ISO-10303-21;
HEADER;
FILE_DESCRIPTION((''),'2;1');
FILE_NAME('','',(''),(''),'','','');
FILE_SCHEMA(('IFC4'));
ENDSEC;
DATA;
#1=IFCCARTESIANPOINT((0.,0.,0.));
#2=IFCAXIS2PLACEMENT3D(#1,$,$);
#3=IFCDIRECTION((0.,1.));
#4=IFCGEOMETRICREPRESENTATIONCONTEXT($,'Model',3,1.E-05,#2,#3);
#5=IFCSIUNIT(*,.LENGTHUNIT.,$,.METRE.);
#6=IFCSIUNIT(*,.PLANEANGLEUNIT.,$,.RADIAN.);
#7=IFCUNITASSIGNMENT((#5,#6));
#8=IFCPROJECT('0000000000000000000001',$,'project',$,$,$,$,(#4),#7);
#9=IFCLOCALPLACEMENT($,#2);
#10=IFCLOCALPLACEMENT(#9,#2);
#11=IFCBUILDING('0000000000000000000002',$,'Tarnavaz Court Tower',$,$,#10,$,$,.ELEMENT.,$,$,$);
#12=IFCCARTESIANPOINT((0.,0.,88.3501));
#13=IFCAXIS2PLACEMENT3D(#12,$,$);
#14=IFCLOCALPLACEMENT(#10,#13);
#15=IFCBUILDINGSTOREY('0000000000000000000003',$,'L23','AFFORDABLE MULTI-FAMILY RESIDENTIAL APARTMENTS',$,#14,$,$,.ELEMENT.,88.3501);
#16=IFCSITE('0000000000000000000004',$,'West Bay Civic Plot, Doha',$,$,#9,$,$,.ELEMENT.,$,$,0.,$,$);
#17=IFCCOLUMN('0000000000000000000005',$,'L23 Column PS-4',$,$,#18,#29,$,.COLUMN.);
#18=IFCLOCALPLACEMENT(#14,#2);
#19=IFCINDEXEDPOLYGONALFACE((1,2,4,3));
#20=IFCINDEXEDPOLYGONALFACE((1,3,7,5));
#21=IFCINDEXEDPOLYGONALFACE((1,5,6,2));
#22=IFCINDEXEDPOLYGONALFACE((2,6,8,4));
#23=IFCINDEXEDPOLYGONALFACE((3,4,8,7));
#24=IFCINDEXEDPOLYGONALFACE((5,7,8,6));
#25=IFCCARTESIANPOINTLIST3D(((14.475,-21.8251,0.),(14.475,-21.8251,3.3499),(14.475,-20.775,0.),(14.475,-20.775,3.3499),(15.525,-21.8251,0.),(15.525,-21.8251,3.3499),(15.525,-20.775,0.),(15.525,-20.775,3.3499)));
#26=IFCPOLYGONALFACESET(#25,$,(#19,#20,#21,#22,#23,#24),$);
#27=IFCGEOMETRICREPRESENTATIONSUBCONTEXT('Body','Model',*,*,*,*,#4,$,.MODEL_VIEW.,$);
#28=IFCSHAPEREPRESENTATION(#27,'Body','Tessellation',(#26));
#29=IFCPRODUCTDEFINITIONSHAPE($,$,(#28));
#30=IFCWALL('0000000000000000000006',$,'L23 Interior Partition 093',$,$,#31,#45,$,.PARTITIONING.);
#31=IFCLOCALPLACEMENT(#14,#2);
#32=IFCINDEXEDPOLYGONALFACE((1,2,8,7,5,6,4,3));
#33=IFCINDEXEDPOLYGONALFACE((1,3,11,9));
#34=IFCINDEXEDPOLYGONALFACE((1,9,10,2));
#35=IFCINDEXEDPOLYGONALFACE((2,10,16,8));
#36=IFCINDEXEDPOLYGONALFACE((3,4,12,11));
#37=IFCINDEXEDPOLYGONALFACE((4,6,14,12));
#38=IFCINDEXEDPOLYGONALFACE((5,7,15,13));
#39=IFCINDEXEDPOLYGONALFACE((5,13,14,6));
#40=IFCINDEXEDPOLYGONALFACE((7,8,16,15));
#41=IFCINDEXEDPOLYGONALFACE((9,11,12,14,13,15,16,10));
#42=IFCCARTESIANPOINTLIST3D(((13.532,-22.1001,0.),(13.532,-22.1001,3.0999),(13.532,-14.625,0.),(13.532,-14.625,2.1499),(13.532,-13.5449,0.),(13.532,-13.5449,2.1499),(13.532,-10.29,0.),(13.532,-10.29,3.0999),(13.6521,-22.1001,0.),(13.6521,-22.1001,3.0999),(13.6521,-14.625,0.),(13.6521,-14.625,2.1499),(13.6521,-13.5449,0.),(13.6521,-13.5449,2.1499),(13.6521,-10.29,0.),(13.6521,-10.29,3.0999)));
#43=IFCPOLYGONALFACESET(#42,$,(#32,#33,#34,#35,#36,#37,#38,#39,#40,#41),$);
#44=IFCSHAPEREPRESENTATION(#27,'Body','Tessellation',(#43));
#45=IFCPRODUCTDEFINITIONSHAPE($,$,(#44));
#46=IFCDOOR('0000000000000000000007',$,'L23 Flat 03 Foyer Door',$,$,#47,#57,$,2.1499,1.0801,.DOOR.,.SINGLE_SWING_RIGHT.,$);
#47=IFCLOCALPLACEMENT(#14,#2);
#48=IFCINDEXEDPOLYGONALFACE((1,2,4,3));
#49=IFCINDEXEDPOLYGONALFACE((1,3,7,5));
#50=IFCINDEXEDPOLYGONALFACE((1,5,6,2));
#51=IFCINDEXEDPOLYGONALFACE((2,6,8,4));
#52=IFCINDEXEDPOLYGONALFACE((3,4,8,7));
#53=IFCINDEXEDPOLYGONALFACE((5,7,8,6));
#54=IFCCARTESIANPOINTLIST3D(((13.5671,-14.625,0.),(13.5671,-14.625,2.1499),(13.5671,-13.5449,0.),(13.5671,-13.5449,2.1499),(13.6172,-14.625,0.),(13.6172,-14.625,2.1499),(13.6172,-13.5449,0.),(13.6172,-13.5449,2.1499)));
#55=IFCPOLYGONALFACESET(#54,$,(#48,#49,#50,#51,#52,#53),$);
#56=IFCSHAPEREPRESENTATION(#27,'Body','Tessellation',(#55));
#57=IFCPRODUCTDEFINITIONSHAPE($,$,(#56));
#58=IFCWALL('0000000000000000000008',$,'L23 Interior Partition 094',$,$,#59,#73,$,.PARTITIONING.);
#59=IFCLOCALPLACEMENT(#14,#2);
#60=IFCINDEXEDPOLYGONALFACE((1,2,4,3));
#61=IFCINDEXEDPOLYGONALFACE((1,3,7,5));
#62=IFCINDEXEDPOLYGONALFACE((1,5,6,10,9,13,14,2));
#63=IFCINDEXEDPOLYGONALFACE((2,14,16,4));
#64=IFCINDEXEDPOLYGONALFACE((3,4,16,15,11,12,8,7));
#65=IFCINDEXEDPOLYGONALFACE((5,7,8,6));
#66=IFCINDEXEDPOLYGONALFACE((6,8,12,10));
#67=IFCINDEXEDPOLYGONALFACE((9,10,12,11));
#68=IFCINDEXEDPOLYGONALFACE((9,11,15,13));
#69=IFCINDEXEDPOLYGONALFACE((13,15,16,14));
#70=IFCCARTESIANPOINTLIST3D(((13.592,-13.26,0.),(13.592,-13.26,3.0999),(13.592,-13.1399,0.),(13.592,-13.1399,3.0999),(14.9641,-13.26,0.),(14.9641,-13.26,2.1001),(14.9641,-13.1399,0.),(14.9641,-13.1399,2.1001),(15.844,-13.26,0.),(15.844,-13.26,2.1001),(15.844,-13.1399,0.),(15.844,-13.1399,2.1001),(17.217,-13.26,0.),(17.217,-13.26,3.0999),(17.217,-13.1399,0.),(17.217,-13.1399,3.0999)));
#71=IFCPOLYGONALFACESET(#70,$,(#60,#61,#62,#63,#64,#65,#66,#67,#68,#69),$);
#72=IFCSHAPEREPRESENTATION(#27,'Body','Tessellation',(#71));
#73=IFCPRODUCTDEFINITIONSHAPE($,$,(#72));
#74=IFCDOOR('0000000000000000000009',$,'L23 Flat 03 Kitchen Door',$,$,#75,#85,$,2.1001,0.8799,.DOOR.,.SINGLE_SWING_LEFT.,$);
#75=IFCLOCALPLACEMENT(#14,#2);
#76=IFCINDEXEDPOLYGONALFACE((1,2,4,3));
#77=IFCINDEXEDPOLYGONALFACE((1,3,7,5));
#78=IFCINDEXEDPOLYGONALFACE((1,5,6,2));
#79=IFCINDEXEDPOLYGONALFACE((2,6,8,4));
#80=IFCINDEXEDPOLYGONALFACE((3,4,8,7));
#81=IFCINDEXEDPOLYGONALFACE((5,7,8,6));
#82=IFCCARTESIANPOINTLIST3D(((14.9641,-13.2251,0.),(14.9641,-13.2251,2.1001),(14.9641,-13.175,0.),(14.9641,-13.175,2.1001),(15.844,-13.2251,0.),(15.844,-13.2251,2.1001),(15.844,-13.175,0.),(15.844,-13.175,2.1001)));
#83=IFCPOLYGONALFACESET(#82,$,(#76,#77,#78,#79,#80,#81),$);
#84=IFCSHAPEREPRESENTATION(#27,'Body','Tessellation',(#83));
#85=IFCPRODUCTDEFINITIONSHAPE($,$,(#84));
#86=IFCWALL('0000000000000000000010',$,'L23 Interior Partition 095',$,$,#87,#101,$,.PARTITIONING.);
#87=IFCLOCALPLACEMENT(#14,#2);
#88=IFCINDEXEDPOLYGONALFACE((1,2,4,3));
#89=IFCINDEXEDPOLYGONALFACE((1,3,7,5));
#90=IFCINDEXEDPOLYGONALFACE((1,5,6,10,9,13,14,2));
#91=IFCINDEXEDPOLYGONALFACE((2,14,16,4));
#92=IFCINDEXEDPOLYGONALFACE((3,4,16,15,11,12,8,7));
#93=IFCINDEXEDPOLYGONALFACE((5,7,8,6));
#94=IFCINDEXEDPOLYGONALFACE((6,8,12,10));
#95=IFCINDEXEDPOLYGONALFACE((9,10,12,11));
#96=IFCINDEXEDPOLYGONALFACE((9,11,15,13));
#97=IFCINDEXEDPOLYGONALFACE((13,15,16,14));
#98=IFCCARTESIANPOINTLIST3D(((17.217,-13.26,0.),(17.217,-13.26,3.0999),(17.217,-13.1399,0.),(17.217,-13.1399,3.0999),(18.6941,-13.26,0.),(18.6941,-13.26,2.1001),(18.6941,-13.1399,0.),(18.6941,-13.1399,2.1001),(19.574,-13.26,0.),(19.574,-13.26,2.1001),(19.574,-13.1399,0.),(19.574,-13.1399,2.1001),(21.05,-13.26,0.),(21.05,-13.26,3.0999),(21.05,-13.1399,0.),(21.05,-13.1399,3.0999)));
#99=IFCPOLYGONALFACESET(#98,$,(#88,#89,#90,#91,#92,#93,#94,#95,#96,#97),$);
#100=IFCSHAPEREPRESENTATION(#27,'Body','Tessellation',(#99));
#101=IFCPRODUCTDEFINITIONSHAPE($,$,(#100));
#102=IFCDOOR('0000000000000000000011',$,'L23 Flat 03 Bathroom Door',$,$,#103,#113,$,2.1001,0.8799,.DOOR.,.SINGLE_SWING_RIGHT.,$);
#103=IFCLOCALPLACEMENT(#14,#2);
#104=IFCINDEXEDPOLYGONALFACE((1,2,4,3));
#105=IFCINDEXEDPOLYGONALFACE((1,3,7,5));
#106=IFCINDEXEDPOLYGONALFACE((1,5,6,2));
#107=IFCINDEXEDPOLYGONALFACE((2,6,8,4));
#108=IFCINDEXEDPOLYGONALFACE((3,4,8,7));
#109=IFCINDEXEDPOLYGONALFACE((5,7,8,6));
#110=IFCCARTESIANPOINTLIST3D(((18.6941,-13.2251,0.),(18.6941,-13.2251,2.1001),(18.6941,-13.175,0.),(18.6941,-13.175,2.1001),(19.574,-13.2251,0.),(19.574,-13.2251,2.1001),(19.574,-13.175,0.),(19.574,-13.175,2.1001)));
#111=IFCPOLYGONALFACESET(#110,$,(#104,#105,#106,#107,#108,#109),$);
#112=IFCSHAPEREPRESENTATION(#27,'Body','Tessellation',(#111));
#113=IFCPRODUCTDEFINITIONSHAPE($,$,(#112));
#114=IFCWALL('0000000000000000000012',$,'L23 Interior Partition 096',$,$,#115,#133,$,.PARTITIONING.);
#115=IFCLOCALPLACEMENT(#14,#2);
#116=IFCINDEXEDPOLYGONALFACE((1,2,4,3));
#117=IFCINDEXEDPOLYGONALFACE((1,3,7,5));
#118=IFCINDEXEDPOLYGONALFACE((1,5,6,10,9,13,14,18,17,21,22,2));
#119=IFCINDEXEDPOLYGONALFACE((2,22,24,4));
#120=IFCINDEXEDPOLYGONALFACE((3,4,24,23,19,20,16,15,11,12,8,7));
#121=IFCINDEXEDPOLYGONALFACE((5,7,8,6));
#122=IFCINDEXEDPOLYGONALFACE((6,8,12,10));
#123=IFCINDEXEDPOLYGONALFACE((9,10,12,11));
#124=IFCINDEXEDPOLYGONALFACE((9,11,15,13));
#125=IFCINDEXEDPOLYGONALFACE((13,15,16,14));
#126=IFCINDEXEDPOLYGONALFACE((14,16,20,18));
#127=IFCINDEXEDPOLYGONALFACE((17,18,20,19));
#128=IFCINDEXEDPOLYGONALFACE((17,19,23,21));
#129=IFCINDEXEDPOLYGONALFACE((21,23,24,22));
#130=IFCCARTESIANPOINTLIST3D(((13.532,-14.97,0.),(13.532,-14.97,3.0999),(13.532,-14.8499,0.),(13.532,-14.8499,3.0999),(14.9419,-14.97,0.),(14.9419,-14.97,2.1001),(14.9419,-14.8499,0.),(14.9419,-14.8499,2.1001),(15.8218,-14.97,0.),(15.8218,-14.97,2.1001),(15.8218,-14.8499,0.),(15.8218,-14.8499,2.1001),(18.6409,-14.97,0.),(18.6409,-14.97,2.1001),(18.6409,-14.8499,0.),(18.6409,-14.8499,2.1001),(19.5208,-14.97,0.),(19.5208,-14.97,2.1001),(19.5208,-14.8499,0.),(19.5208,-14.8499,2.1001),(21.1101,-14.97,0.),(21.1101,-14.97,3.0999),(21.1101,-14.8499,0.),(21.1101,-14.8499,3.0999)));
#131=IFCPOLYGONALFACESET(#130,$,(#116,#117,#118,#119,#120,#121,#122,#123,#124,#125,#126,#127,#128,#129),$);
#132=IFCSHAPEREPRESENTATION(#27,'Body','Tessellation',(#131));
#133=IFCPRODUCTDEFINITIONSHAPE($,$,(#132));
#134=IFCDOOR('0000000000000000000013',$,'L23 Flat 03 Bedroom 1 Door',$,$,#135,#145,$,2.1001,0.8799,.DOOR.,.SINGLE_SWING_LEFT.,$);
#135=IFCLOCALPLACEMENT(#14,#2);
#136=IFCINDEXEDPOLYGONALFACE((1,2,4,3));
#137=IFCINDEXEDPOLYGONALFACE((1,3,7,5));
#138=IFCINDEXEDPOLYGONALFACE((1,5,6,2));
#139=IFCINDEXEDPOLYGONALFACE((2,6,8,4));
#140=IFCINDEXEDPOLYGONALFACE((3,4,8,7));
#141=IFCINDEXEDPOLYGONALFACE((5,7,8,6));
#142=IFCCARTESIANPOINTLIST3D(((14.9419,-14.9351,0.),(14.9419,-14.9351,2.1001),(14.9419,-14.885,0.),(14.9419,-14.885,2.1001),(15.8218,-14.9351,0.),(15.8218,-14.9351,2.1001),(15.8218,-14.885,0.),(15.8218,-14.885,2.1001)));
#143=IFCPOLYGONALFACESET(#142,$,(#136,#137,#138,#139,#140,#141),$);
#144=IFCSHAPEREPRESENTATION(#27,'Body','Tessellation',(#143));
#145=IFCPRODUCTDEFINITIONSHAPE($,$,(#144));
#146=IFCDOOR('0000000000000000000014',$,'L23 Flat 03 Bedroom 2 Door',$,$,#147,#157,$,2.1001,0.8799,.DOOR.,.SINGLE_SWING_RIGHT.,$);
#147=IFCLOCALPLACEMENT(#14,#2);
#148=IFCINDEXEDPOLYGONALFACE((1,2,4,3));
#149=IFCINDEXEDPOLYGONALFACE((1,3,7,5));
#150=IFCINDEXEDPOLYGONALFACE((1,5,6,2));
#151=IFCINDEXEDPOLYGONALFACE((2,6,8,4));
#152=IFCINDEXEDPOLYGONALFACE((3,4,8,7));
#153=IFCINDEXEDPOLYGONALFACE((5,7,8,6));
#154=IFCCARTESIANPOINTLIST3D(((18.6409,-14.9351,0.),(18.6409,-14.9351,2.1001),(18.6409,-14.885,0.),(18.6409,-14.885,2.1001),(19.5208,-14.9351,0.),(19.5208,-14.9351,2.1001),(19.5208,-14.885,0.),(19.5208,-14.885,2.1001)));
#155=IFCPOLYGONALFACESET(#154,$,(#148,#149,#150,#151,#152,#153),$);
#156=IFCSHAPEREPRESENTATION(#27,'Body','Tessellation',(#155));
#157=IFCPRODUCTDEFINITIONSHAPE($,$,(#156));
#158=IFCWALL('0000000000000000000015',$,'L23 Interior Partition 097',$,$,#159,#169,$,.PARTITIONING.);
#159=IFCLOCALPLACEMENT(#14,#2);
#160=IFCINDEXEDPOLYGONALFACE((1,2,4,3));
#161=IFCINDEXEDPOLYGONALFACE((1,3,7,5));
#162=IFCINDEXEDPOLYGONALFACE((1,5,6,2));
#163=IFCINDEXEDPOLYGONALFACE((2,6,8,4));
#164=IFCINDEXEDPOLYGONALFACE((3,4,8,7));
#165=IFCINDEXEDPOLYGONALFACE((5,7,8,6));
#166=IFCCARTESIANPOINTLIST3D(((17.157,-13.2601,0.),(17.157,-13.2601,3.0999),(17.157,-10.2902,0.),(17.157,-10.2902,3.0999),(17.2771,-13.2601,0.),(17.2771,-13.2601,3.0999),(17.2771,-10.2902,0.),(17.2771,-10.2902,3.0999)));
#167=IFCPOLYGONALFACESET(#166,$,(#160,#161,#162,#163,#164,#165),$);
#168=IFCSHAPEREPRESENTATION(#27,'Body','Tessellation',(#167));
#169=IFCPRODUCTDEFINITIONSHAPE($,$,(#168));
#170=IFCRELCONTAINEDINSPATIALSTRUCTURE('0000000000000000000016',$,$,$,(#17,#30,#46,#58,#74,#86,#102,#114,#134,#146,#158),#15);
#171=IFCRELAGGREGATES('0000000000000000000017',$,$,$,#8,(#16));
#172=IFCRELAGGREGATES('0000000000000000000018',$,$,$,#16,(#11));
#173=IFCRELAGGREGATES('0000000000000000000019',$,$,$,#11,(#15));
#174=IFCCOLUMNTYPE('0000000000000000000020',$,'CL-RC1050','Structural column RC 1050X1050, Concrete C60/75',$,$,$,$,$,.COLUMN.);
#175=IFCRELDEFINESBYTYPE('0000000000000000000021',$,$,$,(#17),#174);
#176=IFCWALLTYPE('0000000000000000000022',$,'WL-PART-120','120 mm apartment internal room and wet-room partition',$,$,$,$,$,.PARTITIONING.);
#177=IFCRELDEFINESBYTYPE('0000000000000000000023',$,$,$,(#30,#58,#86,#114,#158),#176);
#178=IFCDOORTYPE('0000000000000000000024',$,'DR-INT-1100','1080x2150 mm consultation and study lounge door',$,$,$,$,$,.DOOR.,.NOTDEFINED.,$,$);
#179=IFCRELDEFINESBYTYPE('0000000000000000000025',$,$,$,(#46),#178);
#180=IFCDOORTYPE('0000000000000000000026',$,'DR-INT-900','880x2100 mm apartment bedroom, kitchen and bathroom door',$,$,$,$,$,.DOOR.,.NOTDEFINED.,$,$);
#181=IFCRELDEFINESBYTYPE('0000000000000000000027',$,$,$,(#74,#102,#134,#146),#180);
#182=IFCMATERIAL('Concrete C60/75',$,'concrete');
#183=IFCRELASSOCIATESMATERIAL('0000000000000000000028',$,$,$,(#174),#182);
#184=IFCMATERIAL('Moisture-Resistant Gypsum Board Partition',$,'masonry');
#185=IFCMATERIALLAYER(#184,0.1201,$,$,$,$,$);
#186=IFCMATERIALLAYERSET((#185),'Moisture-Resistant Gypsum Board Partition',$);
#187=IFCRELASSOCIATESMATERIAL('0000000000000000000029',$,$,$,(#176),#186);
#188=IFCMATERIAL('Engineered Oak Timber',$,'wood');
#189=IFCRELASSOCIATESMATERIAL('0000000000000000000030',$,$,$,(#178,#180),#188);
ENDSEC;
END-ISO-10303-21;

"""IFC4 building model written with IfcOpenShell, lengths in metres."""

from ifc_helpers import new_model, si_unit, direction, frame, frame_2d, origin, origin_2d, place, context, subcontext, project, spatial, rectangle, extrude, material, layer, layer_set, material_profile, profile_set, type_object, element, fill, save


model = new_model("IFC4")

# Units and contexts
model_context = context("Model", 3, precision=1e-05, world=origin(), true_north=direction((0.0, 1.0)))
body_context = subcontext(model_context, "Body", "Model", "MODEL_VIEW")
ifc_project = project(units=[si_unit("LENGTHUNIT", "METRE"), si_unit("PLANEANGLEUNIT", "RADIAN")], contexts=[model_context])

# Site, building, storey
site_placement = place(None, origin())
site = spatial("IfcSite", under=ifc_project, at=site_placement, Name="West Bay Civic Plot, Doha", CompositionType="ELEMENT", RefElevation=0.0)
building_placement = place(site_placement, origin())
building = spatial("IfcBuilding", under=site, at=building_placement, Name="Tarnavaz Court Tower", CompositionType="ELEMENT")
storey_placement = place(building_placement, frame((0.0, 0.0, 88.3501)))
storey = spatial("IfcBuildingStorey", under=building, at=storey_placement, Name="L23", Description="AFFORDABLE MULTI-FAMILY RESIDENTIAL APARTMENTS", CompositionType="ELEMENT", Elevation=88.3501)

# Column
ifc_material_1 = material(Name="Concrete C60/75", Category="concrete")
ifc_material_profile_1 = material_profile(ifc_material_1, rectangle(XDim=1.05, YDim=1.05, at=origin_2d()), Name="RC 1050X1050")
ifc_profile_set_1 = profile_set([ifc_material_profile_1], Name="Concrete C60/75")
column_type = type_object("IfcColumnType", Name="CL-RC1050", Description="Structural column RC 1050X1050, Concrete C60/75", PredefinedType="COLUMN", material=ifc_profile_set_1)
column_placement = place(storey_placement, frame((15.0, -21.3, 0.0), z_axis=(0.0, 0.0, 1.0), x_axis=(1.0, 0.0, 0.0)))
element("IfcColumn", 1, at=column_placement, inside=storey, type_object=column_type, Name="L23 Column PS-4", PredefinedType="COLUMN", context=body_context, shape_type="SweptSolid", body=[
    extrude(rectangle(XDim=1.05, YDim=1.05, at=origin_2d()), origin(), (0.0, 0.0, 1.0), 3.3499),
])

# Walls, openings, doors
ifc_material_2 = material(Name="Moisture-Resistant Gypsum Board Partition", Category="masonry")
ifc_layer_1 = layer(ifc_material_2, 0.1201)
ifc_layer_set_1 = layer_set([ifc_layer_1], Name="Moisture-Resistant Gypsum Board Partition")
wall_type_1 = type_object("IfcWallType", Name="WL-PART-120", Description="120 mm apartment internal room and wet-room partition", PredefinedType="PARTITIONING", material=ifc_layer_set_1)
wall_1_placement = place(storey_placement, frame((13.592, -22.1001, 0.0), z_axis=(0.0, 0.0, 1.0), x_axis=(0.0, 1.0, 0.0)))
wall_1 = element("IfcWall", 2, at=wall_1_placement, inside=storey, type_object=wall_type_1, Name="L23 Interior Partition 093", PredefinedType="PARTITIONING", context=body_context, shape_type="SweptSolid", body=[
    extrude(rectangle(XDim=11.8101, YDim=0.1201, at=frame_2d((5.905, 0.0))), origin(), (0.0, 0.0, 1.0), 3.0999),
])
opening_1_placement = place(wall_1_placement, frame((7.4751, 0.0, 0.0)))
opening_1 = element("IfcOpeningElement", 3, at=opening_1_placement, cuts=wall_1, PredefinedType="OPENING", context=body_context, shape_type="SweptSolid", body=[
    extrude(rectangle(XDim=1.0801, YDim=2.1499, at=frame_2d((0.54, 1.075))), frame((0.0, 0.0701, 0.0), z_axis=(0.0, -1.0, 0.0), x_axis=(1.0, 0.0, 0.0)), (0.0, 0.0, 1.0), 0.1401),
])
ifc_material_3 = material(Name="Engineered Oak Timber", Category="wood")
door_type_1 = type_object("IfcDoorType", Name="DR-INT-1100", Description="1080x2150 mm consultation and study lounge door", OperationType="NOTDEFINED", PredefinedType="DOOR", material=ifc_material_3)
door_1_placement = place(opening_1_placement, origin())
door_1 = element("IfcDoor", 4, at=door_1_placement, inside=storey, type_object=door_type_1, Name="L23 Flat 03 Foyer Door", OperationType="SINGLE_SWING_RIGHT", OverallHeight=2.1499, OverallWidth=1.0801, PredefinedType="DOOR", context=body_context, shape_type="SweptSolid", body=[
    extrude(rectangle(XDim=1.0801, YDim=2.1499, at=frame_2d((0.54, 1.075))), frame((0.0, 0.0249, 0.0), z_axis=(0.0, -1.0, 0.0), x_axis=(1.0, 0.0, 0.0)), (0.0, 0.0, 1.0), 0.05),
])
fill(opening_1, door_1)
wall_2_placement = place(storey_placement, frame((13.592, -13.2, 0.0), z_axis=(0.0, 0.0, 1.0), x_axis=(1.0, 0.0, 0.0)))
wall_2 = element("IfcWall", 5, at=wall_2_placement, inside=storey, type_object=wall_type_1, Name="L23 Interior Partition 094", PredefinedType="PARTITIONING", context=body_context, shape_type="SweptSolid", body=[
    extrude(rectangle(XDim=3.625, YDim=0.1201, at=frame_2d((1.8125, 0.0))), origin(), (0.0, 0.0, 1.0), 3.0999),
])
opening_2_placement = place(wall_2_placement, frame((1.3721, 0.0, 0.0)))
opening_2 = element("IfcOpeningElement", 6, at=opening_2_placement, cuts=wall_2, PredefinedType="OPENING", context=body_context, shape_type="SweptSolid", body=[
    extrude(rectangle(XDim=0.8799, YDim=2.1001, at=frame_2d((0.4399, 1.05))), frame((0.0, 0.0701, 0.0), z_axis=(0.0, -1.0, 0.0), x_axis=(1.0, 0.0, 0.0)), (0.0, 0.0, 1.0), 0.1401),
])
door_type_2 = type_object("IfcDoorType", Name="DR-INT-900", Description="880x2100 mm apartment bedroom, kitchen and bathroom door", OperationType="NOTDEFINED", PredefinedType="DOOR", material=ifc_material_3)
door_2_placement = place(opening_2_placement, origin())
door_2 = element("IfcDoor", 7, at=door_2_placement, inside=storey, type_object=door_type_2, Name="L23 Flat 03 Kitchen Door", OperationType="SINGLE_SWING_LEFT", OverallHeight=2.1001, OverallWidth=0.8799, PredefinedType="DOOR", context=body_context, shape_type="SweptSolid", body=[
    extrude(rectangle(XDim=0.8799, YDim=2.1001, at=frame_2d((0.4399, 1.05))), frame((0.0, 0.0249, 0.0), z_axis=(0.0, -1.0, 0.0), x_axis=(1.0, 0.0, 0.0)), (0.0, 0.0, 1.0), 0.05),
])
fill(opening_2, door_2)
wall_3_placement = place(storey_placement, frame((17.217, -13.2, 0.0), z_axis=(0.0, 0.0, 1.0), x_axis=(1.0, 0.0, 0.0)))
wall_3 = element("IfcWall", 8, at=wall_3_placement, inside=storey, type_object=wall_type_1, Name="L23 Interior Partition 095", PredefinedType="PARTITIONING", context=body_context, shape_type="SweptSolid", body=[
    extrude(rectangle(XDim=3.833, YDim=0.1201, at=frame_2d((1.9165, 0.0))), origin(), (0.0, 0.0, 1.0), 3.0999),
])
opening_3_placement = place(wall_3_placement, frame((1.4771, 0.0, 0.0)))
opening_3 = element("IfcOpeningElement", 9, at=opening_3_placement, cuts=wall_3, PredefinedType="OPENING", context=body_context, shape_type="SweptSolid", body=[
    extrude(rectangle(XDim=0.8799, YDim=2.1001, at=frame_2d((0.4399, 1.05))), frame((0.0, 0.0701, 0.0), z_axis=(0.0, -1.0, 0.0), x_axis=(1.0, 0.0, 0.0)), (0.0, 0.0, 1.0), 0.1401),
])
door_3_placement = place(opening_3_placement, origin())
door_3 = element("IfcDoor", 10, at=door_3_placement, inside=storey, type_object=door_type_2, Name="L23 Flat 03 Bathroom Door", OperationType="SINGLE_SWING_RIGHT", OverallHeight=2.1001, OverallWidth=0.8799, PredefinedType="DOOR", context=body_context, shape_type="SweptSolid", body=[
    extrude(rectangle(XDim=0.8799, YDim=2.1001, at=frame_2d((0.4399, 1.05))), frame((0.0, 0.0249, 0.0), z_axis=(0.0, -1.0, 0.0), x_axis=(1.0, 0.0, 0.0)), (0.0, 0.0, 1.0), 0.05),
])
fill(opening_3, door_3)

# Wall, openings, doors
wall_4_placement = place(storey_placement, frame((13.532, -14.9099, 0.0), z_axis=(0.0, 0.0, 1.0), x_axis=(1.0, 0.0, 0.0)))
wall_4 = element("IfcWall", 11, at=wall_4_placement, inside=storey, type_object=wall_type_1, Name="L23 Interior Partition 096", PredefinedType="PARTITIONING", context=body_context, shape_type="SweptSolid", body=[
    extrude(rectangle(XDim=7.5781, YDim=0.1201, at=frame_2d((3.7891, 0.0))), origin(), (0.0, 0.0, 1.0), 3.0999),
])
opening_4_placement = place(wall_4_placement, frame((1.4099, 0.0, 0.0)))
opening_4 = element("IfcOpeningElement", 12, at=opening_4_placement, cuts=wall_4, PredefinedType="OPENING", context=body_context, shape_type="SweptSolid", body=[
    extrude(rectangle(XDim=0.8799, YDim=2.1001, at=frame_2d((0.4399, 1.05))), frame((0.0, 0.0701, 0.0), z_axis=(0.0, -1.0, 0.0), x_axis=(1.0, 0.0, 0.0)), (0.0, 0.0, 1.0), 0.1401),
])
opening_5_placement = place(wall_4_placement, frame((5.1089, 0.0, 0.0)))
opening_5 = element("IfcOpeningElement", 13, at=opening_5_placement, cuts=wall_4, PredefinedType="OPENING", context=body_context, shape_type="SweptSolid", body=[
    extrude(rectangle(XDim=0.8799, YDim=2.1001, at=frame_2d((0.4399, 1.05))), frame((0.0, 0.0701, 0.0), z_axis=(0.0, -1.0, 0.0), x_axis=(1.0, 0.0, 0.0)), (0.0, 0.0, 1.0), 0.1401),
])
door_4_placement = place(opening_4_placement, origin())
door_4 = element("IfcDoor", 14, at=door_4_placement, inside=storey, type_object=door_type_2, Name="L23 Flat 03 Bedroom 1 Door", OperationType="SINGLE_SWING_LEFT", OverallHeight=2.1001, OverallWidth=0.8799, PredefinedType="DOOR", context=body_context, shape_type="SweptSolid", body=[
    extrude(rectangle(XDim=0.8799, YDim=2.1001, at=frame_2d((0.4399, 1.05))), frame((0.0, 0.0249, 0.0), z_axis=(0.0, -1.0, 0.0), x_axis=(1.0, 0.0, 0.0)), (0.0, 0.0, 1.0), 0.05),
])
fill(opening_4, door_4)
door_5_placement = place(opening_5_placement, origin())
door_5 = element("IfcDoor", 15, at=door_5_placement, inside=storey, type_object=door_type_2, Name="L23 Flat 03 Bedroom 2 Door", OperationType="SINGLE_SWING_RIGHT", OverallHeight=2.1001, OverallWidth=0.8799, PredefinedType="DOOR", context=body_context, shape_type="SweptSolid", body=[
    extrude(rectangle(XDim=0.8799, YDim=2.1001, at=frame_2d((0.4399, 1.05))), frame((0.0, 0.0249, 0.0), z_axis=(0.0, -1.0, 0.0), x_axis=(1.0, 0.0, 0.0)), (0.0, 0.0, 1.0), 0.05),
])
fill(opening_5, door_5)

# Wall
wall_5_placement = place(storey_placement, frame((17.217, -13.26, 0.0), z_axis=(0.0, 0.0, 1.0), x_axis=(0.0, 1.0, 0.0)))
element("IfcWall", 16, at=wall_5_placement, inside=storey, type_object=wall_type_1, Name="L23 Interior Partition 097", PredefinedType="PARTITIONING", context=body_context, shape_type="SweptSolid", body=[
    extrude(rectangle(XDim=2.97, YDim=0.1201, at=frame_2d((1.4849, 0.0))), origin(), (0.0, 0.0, 1.0), 3.0999),
])

save(model, "model.ifc")
